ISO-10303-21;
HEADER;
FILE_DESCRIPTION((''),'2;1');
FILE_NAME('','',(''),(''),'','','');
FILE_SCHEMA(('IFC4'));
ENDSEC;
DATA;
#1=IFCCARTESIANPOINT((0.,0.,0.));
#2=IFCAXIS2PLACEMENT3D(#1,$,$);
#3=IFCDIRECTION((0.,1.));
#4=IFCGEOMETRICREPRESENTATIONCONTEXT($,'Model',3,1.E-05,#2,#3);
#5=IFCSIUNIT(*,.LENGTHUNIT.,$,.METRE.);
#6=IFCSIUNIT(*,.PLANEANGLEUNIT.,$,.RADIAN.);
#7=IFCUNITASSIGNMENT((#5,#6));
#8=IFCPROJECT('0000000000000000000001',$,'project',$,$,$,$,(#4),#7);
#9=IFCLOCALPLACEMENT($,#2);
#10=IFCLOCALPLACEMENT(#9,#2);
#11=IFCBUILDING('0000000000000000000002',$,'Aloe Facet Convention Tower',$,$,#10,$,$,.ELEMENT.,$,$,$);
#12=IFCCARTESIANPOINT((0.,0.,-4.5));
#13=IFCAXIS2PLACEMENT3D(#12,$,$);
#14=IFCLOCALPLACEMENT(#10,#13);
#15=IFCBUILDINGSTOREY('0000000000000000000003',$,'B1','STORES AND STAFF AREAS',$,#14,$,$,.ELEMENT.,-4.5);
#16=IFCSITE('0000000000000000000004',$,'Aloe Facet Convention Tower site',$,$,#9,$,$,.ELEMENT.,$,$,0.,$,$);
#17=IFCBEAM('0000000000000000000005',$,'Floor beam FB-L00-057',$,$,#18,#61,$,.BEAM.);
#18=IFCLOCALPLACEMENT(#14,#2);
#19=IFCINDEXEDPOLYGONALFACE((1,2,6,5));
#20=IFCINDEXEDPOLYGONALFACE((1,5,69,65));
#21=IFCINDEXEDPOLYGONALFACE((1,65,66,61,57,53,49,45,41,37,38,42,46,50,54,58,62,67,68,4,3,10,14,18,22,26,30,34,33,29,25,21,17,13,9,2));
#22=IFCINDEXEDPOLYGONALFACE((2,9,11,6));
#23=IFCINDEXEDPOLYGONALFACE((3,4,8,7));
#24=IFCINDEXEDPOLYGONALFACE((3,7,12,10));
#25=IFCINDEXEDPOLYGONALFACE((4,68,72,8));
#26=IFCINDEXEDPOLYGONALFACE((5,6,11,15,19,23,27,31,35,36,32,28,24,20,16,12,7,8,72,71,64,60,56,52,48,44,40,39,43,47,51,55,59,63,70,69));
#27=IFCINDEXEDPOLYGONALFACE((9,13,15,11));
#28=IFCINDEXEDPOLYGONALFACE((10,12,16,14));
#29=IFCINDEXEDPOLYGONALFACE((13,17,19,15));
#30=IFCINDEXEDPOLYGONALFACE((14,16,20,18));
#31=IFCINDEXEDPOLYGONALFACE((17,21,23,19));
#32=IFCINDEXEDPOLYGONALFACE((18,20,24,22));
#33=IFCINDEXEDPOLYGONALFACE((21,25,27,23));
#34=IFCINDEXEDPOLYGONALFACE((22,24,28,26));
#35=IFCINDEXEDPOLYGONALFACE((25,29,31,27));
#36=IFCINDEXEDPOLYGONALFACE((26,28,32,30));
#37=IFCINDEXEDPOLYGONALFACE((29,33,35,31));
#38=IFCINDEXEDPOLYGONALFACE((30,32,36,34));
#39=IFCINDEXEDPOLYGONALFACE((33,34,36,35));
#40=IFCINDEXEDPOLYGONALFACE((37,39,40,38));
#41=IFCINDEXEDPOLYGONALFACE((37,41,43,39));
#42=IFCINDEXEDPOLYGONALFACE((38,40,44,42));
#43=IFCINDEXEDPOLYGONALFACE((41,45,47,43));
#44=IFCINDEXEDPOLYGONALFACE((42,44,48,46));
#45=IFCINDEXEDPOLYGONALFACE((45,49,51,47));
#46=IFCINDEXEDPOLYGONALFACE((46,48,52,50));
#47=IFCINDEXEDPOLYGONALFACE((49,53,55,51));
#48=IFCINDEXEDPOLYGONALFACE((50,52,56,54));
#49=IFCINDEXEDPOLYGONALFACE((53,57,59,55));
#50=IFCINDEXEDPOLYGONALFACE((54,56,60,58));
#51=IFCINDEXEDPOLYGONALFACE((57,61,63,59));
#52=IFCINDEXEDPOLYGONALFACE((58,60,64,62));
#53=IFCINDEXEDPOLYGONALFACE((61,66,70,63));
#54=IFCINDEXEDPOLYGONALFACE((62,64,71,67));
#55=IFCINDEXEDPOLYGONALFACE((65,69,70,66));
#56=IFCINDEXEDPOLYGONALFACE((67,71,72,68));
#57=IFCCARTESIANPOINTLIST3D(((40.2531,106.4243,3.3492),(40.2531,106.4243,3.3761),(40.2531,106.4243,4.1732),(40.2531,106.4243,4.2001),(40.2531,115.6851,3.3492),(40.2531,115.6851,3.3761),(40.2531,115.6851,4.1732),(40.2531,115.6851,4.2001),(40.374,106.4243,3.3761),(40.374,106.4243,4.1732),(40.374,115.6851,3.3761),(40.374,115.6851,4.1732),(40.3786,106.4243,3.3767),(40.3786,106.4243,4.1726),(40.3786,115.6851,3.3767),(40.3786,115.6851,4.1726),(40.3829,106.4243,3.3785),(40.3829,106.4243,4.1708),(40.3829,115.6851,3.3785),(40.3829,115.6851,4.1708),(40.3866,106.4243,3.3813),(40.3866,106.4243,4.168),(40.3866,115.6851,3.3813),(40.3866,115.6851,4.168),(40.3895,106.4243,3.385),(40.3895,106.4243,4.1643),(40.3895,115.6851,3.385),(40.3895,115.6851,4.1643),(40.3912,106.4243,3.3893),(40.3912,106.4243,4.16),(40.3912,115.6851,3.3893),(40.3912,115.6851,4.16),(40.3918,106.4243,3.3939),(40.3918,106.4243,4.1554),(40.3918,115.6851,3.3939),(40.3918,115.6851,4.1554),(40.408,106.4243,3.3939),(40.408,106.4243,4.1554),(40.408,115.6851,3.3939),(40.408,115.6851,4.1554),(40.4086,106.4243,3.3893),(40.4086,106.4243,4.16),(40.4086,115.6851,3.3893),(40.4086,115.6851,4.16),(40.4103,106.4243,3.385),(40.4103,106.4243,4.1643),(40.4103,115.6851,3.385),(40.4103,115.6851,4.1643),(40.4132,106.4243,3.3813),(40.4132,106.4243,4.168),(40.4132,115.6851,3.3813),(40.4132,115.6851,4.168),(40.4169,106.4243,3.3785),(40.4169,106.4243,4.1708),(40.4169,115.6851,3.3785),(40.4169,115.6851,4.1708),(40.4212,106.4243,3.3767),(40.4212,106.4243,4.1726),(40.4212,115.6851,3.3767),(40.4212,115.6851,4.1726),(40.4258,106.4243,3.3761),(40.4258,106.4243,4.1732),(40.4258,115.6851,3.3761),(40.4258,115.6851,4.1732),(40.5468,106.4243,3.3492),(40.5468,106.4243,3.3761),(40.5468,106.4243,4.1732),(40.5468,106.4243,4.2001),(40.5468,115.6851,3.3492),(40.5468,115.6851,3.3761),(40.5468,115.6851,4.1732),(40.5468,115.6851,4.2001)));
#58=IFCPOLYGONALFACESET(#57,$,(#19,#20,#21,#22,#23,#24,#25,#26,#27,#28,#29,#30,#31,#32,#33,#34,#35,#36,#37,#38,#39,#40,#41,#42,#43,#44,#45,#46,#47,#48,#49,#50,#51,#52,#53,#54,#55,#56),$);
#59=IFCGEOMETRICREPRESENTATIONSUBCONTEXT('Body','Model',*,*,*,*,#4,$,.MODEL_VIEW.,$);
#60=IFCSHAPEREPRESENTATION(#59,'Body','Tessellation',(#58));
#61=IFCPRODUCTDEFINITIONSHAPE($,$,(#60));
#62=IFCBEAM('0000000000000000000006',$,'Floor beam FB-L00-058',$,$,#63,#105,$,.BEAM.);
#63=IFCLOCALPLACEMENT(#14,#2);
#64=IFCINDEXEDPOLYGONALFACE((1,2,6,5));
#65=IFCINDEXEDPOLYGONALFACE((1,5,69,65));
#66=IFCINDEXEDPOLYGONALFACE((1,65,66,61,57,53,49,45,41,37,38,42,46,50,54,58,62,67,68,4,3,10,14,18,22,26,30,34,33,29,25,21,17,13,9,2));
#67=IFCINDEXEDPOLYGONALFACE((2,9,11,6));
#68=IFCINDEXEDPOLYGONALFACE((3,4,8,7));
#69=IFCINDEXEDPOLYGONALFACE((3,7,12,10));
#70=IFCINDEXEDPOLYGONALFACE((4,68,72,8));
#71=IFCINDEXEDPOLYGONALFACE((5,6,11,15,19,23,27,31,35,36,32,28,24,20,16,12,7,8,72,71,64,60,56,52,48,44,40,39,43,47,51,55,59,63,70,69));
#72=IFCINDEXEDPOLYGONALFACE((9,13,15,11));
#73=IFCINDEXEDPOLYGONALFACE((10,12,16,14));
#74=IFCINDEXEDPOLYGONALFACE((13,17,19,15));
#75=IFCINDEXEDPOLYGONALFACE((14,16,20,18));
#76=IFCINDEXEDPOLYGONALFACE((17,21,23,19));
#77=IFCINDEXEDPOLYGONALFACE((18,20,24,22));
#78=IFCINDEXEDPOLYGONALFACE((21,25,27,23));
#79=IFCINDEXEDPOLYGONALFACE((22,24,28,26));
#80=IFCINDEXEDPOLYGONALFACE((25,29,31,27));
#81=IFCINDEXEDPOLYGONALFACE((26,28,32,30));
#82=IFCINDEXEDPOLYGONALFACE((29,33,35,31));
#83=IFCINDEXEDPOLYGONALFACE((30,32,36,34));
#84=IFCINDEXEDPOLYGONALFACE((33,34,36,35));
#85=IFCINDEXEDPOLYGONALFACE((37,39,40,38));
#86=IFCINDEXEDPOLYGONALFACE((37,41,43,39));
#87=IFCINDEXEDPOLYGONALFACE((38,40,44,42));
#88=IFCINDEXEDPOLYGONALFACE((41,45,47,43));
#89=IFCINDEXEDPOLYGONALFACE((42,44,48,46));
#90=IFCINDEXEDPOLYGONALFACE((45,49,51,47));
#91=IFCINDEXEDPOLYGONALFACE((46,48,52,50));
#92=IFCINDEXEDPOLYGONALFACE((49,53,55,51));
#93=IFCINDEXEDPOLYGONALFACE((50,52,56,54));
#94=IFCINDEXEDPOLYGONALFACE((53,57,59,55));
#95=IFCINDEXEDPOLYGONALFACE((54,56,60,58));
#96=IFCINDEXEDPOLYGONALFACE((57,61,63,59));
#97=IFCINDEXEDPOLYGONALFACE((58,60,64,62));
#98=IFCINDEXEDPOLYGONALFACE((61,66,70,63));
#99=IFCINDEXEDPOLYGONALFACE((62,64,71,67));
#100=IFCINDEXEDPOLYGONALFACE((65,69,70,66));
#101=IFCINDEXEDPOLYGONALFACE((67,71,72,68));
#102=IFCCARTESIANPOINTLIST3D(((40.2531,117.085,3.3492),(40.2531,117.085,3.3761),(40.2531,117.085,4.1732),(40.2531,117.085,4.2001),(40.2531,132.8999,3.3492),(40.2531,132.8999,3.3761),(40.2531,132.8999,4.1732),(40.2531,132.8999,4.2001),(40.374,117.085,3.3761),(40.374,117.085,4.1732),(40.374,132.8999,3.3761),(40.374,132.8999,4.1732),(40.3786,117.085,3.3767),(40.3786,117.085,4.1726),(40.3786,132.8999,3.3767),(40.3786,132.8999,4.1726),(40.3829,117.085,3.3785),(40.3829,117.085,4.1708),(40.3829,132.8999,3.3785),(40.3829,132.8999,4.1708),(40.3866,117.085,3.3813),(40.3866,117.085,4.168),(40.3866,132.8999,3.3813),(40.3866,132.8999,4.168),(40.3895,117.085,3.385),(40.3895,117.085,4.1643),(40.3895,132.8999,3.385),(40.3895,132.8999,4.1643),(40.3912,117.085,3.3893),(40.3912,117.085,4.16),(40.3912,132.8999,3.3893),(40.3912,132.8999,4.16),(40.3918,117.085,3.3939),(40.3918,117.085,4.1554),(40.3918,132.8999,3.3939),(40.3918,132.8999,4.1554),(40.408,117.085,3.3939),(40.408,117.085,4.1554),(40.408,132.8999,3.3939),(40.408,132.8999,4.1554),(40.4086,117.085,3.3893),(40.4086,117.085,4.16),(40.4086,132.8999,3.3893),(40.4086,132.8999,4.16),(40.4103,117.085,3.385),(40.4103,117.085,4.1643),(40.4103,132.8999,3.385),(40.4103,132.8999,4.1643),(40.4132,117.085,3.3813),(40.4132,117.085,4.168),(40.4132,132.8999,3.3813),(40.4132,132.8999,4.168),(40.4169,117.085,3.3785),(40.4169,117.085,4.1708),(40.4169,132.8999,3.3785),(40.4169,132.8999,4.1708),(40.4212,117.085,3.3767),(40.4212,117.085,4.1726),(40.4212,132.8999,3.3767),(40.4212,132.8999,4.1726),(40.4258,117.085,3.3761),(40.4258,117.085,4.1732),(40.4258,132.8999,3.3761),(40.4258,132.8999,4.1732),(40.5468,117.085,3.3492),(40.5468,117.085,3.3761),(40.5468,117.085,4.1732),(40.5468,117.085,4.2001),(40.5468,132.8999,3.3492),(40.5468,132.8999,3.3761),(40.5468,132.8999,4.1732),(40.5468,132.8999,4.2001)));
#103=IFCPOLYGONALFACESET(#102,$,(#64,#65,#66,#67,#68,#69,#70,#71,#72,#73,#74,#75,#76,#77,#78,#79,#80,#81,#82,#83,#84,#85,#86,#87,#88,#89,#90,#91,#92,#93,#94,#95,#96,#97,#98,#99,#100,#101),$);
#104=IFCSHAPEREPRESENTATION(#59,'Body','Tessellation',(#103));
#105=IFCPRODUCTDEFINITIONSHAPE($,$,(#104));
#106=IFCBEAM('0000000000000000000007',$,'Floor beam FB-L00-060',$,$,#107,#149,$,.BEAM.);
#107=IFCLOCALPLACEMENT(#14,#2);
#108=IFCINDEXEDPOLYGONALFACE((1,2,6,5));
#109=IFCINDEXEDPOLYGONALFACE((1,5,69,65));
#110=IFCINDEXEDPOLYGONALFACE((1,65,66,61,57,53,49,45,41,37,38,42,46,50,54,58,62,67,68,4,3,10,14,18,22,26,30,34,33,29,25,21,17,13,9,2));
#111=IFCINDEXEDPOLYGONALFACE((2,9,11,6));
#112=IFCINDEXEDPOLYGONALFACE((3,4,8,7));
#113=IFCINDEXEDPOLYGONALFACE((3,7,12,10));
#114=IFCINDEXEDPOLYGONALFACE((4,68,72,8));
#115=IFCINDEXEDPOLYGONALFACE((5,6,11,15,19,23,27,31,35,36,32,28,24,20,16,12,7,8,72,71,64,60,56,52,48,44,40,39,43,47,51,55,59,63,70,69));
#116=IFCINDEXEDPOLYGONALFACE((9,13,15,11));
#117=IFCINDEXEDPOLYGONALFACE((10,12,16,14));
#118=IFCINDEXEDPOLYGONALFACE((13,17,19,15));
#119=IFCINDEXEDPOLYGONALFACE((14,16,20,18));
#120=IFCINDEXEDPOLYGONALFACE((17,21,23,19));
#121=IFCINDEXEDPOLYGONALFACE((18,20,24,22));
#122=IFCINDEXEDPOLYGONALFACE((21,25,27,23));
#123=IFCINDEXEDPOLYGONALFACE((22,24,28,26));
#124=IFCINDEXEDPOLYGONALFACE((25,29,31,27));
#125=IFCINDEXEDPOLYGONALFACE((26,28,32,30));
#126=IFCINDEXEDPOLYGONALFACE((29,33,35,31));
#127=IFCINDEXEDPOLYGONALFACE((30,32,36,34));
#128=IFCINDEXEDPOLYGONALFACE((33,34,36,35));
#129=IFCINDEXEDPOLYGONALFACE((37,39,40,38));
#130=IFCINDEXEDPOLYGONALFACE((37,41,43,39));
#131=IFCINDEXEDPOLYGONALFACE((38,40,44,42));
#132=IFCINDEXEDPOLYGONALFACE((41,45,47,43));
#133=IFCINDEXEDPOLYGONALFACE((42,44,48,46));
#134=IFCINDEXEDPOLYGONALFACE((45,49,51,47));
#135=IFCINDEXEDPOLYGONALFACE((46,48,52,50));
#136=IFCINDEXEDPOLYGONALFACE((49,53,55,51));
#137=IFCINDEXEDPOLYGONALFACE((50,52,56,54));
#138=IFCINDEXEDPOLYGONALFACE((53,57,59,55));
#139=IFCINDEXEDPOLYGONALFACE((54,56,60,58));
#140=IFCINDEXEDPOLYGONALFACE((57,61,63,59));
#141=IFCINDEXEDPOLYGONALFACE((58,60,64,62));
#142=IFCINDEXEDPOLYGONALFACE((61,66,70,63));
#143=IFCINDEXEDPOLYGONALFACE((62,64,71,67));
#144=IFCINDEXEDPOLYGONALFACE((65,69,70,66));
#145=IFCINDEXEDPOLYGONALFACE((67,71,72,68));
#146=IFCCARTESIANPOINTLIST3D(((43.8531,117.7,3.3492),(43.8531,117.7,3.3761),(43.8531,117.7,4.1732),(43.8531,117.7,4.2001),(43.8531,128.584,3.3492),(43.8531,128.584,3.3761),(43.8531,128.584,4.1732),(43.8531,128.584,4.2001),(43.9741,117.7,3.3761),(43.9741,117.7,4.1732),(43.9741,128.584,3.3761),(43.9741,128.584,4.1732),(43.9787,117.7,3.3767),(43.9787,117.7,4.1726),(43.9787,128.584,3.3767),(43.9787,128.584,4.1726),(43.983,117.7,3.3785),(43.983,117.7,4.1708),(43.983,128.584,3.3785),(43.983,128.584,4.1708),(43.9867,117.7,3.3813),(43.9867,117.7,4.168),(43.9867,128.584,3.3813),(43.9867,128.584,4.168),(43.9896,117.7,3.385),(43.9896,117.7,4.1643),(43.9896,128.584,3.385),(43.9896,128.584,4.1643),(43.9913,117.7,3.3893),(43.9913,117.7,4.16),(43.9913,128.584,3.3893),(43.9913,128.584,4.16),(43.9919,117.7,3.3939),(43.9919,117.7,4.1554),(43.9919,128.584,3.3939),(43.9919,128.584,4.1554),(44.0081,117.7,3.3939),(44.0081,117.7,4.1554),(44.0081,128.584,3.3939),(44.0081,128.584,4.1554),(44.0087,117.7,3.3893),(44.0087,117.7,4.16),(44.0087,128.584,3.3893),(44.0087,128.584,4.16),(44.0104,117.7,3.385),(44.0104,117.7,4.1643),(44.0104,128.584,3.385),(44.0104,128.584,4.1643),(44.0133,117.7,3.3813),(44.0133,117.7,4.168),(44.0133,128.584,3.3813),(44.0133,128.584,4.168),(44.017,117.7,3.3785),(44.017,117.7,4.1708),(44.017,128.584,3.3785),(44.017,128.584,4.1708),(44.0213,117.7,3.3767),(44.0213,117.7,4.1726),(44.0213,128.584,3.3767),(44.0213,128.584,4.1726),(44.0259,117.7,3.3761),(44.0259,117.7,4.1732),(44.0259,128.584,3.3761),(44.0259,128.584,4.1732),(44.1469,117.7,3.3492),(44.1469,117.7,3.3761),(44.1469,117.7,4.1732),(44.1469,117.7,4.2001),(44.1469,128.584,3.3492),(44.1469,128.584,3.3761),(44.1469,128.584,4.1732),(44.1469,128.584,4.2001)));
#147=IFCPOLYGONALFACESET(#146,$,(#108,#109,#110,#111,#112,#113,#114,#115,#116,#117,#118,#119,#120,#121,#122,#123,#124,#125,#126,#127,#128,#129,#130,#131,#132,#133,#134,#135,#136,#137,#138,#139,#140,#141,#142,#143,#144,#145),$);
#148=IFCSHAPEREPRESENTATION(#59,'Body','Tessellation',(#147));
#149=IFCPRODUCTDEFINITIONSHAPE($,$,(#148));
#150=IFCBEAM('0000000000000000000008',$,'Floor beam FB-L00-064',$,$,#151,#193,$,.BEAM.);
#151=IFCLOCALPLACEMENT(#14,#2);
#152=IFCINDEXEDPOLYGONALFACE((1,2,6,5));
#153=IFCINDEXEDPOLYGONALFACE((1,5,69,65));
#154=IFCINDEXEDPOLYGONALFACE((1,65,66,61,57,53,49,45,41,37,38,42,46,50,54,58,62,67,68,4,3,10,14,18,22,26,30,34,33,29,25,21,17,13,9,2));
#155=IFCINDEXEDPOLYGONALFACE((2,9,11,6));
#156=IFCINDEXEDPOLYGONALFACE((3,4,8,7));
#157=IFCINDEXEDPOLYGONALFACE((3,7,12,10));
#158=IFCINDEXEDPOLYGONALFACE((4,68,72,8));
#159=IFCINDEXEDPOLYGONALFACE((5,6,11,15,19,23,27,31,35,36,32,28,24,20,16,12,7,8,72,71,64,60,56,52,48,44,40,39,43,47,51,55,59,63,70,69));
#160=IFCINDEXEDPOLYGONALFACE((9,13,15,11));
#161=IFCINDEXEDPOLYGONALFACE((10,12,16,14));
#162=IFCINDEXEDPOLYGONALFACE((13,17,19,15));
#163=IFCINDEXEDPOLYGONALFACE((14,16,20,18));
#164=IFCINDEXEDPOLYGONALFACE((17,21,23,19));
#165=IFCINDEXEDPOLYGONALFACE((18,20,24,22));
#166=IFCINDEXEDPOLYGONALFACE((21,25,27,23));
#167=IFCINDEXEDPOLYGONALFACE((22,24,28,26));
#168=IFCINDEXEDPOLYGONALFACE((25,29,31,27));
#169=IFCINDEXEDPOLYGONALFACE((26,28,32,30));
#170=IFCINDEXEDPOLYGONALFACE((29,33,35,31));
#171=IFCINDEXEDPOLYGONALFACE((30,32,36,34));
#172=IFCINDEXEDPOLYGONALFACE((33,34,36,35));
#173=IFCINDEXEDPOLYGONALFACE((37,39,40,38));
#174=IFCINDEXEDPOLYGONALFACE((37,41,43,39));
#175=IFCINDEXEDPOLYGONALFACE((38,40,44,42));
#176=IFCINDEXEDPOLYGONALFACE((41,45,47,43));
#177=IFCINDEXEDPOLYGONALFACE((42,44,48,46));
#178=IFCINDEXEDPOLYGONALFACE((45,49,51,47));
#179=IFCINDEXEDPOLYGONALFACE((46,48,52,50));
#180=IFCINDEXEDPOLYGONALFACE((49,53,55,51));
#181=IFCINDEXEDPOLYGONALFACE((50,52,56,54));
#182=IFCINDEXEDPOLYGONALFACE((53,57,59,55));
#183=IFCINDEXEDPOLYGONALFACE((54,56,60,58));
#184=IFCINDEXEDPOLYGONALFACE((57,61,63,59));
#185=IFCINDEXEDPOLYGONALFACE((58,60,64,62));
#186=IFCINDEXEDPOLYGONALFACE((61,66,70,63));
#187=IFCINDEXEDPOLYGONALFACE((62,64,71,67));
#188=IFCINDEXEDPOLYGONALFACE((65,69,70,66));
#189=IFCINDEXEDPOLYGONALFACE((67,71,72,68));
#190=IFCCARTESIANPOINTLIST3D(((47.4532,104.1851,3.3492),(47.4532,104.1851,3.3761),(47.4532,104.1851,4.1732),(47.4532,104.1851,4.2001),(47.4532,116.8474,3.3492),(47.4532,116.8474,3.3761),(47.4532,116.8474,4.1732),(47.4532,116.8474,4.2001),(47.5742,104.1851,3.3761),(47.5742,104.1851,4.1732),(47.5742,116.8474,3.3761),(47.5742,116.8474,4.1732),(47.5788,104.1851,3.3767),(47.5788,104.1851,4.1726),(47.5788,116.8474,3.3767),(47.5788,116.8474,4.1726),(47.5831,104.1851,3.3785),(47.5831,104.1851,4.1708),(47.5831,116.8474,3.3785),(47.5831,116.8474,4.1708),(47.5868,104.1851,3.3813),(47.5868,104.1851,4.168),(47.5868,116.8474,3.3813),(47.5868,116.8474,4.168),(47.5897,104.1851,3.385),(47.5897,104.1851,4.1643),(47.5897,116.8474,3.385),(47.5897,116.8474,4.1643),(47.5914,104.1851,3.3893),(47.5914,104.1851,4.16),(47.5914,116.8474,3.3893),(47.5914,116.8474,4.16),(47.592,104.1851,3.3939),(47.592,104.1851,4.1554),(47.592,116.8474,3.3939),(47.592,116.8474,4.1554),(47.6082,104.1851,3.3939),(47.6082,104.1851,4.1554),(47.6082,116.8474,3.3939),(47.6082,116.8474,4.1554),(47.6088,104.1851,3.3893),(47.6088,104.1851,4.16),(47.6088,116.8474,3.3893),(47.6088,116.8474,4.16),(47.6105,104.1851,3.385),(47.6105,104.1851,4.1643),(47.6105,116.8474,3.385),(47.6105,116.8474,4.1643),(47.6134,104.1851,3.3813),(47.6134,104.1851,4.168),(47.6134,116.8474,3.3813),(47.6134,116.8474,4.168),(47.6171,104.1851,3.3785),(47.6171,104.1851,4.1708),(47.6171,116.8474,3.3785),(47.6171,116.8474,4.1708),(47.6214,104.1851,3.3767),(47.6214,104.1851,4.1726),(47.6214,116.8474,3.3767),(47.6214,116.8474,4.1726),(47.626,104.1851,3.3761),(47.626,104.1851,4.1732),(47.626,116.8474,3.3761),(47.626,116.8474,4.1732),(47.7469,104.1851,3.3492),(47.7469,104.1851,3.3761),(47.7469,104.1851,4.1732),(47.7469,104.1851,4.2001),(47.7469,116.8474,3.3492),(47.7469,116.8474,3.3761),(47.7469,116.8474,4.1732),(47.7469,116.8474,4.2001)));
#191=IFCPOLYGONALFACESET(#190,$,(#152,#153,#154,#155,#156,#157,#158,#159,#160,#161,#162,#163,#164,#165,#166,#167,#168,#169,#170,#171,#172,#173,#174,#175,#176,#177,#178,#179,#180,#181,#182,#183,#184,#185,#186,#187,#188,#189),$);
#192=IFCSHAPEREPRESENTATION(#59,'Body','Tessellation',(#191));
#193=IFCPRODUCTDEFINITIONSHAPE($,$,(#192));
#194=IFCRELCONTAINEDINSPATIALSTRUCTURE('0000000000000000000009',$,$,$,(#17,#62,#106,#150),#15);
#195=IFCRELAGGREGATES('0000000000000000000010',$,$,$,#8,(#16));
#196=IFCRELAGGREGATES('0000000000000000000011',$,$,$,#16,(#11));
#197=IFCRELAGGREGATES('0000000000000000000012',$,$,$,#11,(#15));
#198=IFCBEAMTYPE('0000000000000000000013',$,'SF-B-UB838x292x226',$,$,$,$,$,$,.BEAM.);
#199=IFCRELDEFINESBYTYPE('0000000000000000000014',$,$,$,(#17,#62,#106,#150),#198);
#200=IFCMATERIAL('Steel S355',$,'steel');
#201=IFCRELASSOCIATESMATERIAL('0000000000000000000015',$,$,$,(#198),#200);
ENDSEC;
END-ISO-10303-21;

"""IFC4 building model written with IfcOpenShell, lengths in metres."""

from ifc_helpers import new_model, si_unit, direction, frame, origin, origin_2d, place, context, subcontext, project, spatial, i_section, extrude, material, material_profile, profile_set, type_object, element, save


model = new_model("IFC4")

# Units and contexts
model_context = context("Model", 3, precision=1e-05, world=origin(), true_north=direction((0.0, 1.0)))
body_context = subcontext(model_context, "Body", "Model", "MODEL_VIEW")
ifc_project = project(units=[si_unit("LENGTHUNIT", "METRE"), si_unit("PLANEANGLEUNIT", "RADIAN")], contexts=[model_context])

# Site, building, storey
site_placement = place(None, origin())
site = spatial("IfcSite", under=ifc_project, at=site_placement, Name="Aloe Facet Convention Tower site", CompositionType="ELEMENT", RefElevation=0.0)
building_placement = place(site_placement, origin())
building = spatial("IfcBuilding", under=site, at=building_placement, Name="Aloe Facet Convention Tower", CompositionType="ELEMENT")
storey_placement = place(building_placement, frame((0.0, 0.0, -4.5)))
storey = spatial("IfcBuildingStorey", under=building, at=storey_placement, Name="B1", Description="STORES AND STAFF AREAS", CompositionType="ELEMENT", Elevation=-4.5)

# Beams
ifc_material_1 = material(Name="Steel S355", Category="steel")
ifc_material_profile_1 = material_profile(ifc_material_1, i_section(OverallWidth=0.2937, OverallDepth=0.8508, WebThickness=0.0161, FlangeThickness=0.0269, FilletRadius=0.0178, at=origin_2d()), Name="UB 838x292x226")
ifc_profile_set_1 = profile_set([ifc_material_profile_1], Name="Steel S355")
beam_type_1 = type_object("IfcBeamType", Name="SF-B-UB838x292x226", PredefinedType="BEAM", material=ifc_profile_set_1)
beam_1_placement = place(storey_placement, frame((40.3999, 106.4243, 3.7747), z_axis=(0.0, 1.0, 0.0), x_axis=(-1.0, 0.0, 0.0)))
element("IfcBeam", 1, at=beam_1_placement, inside=storey, type_object=beam_type_1, Name="Floor beam FB-L00-057", PredefinedType="BEAM", context=body_context, shape_type="SweptSolid", body=[
    extrude(i_section(OverallWidth=0.2937, OverallDepth=0.8508, WebThickness=0.0161, FlangeThickness=0.0269, FilletRadius=0.0178, at=origin_2d()), origin(), (0.0, 0.0, 1.0), 9.2607),
])
beam_2_placement = place(storey_placement, frame((40.3999, 117.085, 3.7747), z_axis=(0.0, 1.0, 0.0), x_axis=(-1.0, 0.0, 0.0)))
element("IfcBeam", 2, at=beam_2_placement, inside=storey, type_object=beam_type_1, Name="Floor beam FB-L00-058", PredefinedType="BEAM", context=body_context, shape_type="SweptSolid", body=[
    extrude(i_section(OverallWidth=0.2937, OverallDepth=0.8508, WebThickness=0.0161, FlangeThickness=0.0269, FilletRadius=0.0178, at=origin_2d()), origin(), (0.0, 0.0, 1.0), 15.8149),
])
beam_3_placement = place(storey_placement, frame((44.0, 117.7, 3.7747), z_axis=(0.0, 1.0, 0.0), x_axis=(-1.0, 0.0, 0.0)))
element("IfcBeam", 3, at=beam_3_placement, inside=storey, type_object=beam_type_1, Name="Floor beam FB-L00-060", PredefinedType="BEAM", context=body_context, shape_type="SweptSolid", body=[
    extrude(i_section(OverallWidth=0.2937, OverallDepth=0.8508, WebThickness=0.0161, FlangeThickness=0.0269, FilletRadius=0.0178, at=origin_2d()), origin(), (0.0, 0.0, 1.0), 10.884),
])
beam_4_placement = place(storey_placement, frame((47.6001, 104.1851, 3.7747), z_axis=(0.0, 1.0, 0.0), x_axis=(-1.0, 0.0, 0.0)))
element("IfcBeam", 4, at=beam_4_placement, inside=storey, type_object=beam_type_1, Name="Floor beam FB-L00-064", PredefinedType="BEAM", context=body_context, shape_type="SweptSolid", body=[
    extrude(i_section(OverallWidth=0.2937, OverallDepth=0.8508, WebThickness=0.0161, FlangeThickness=0.0269, FilletRadius=0.0178, at=origin_2d()), origin(), (0.0, 0.0, 1.0), 12.6624),
])

save(model, "model.ifc")
